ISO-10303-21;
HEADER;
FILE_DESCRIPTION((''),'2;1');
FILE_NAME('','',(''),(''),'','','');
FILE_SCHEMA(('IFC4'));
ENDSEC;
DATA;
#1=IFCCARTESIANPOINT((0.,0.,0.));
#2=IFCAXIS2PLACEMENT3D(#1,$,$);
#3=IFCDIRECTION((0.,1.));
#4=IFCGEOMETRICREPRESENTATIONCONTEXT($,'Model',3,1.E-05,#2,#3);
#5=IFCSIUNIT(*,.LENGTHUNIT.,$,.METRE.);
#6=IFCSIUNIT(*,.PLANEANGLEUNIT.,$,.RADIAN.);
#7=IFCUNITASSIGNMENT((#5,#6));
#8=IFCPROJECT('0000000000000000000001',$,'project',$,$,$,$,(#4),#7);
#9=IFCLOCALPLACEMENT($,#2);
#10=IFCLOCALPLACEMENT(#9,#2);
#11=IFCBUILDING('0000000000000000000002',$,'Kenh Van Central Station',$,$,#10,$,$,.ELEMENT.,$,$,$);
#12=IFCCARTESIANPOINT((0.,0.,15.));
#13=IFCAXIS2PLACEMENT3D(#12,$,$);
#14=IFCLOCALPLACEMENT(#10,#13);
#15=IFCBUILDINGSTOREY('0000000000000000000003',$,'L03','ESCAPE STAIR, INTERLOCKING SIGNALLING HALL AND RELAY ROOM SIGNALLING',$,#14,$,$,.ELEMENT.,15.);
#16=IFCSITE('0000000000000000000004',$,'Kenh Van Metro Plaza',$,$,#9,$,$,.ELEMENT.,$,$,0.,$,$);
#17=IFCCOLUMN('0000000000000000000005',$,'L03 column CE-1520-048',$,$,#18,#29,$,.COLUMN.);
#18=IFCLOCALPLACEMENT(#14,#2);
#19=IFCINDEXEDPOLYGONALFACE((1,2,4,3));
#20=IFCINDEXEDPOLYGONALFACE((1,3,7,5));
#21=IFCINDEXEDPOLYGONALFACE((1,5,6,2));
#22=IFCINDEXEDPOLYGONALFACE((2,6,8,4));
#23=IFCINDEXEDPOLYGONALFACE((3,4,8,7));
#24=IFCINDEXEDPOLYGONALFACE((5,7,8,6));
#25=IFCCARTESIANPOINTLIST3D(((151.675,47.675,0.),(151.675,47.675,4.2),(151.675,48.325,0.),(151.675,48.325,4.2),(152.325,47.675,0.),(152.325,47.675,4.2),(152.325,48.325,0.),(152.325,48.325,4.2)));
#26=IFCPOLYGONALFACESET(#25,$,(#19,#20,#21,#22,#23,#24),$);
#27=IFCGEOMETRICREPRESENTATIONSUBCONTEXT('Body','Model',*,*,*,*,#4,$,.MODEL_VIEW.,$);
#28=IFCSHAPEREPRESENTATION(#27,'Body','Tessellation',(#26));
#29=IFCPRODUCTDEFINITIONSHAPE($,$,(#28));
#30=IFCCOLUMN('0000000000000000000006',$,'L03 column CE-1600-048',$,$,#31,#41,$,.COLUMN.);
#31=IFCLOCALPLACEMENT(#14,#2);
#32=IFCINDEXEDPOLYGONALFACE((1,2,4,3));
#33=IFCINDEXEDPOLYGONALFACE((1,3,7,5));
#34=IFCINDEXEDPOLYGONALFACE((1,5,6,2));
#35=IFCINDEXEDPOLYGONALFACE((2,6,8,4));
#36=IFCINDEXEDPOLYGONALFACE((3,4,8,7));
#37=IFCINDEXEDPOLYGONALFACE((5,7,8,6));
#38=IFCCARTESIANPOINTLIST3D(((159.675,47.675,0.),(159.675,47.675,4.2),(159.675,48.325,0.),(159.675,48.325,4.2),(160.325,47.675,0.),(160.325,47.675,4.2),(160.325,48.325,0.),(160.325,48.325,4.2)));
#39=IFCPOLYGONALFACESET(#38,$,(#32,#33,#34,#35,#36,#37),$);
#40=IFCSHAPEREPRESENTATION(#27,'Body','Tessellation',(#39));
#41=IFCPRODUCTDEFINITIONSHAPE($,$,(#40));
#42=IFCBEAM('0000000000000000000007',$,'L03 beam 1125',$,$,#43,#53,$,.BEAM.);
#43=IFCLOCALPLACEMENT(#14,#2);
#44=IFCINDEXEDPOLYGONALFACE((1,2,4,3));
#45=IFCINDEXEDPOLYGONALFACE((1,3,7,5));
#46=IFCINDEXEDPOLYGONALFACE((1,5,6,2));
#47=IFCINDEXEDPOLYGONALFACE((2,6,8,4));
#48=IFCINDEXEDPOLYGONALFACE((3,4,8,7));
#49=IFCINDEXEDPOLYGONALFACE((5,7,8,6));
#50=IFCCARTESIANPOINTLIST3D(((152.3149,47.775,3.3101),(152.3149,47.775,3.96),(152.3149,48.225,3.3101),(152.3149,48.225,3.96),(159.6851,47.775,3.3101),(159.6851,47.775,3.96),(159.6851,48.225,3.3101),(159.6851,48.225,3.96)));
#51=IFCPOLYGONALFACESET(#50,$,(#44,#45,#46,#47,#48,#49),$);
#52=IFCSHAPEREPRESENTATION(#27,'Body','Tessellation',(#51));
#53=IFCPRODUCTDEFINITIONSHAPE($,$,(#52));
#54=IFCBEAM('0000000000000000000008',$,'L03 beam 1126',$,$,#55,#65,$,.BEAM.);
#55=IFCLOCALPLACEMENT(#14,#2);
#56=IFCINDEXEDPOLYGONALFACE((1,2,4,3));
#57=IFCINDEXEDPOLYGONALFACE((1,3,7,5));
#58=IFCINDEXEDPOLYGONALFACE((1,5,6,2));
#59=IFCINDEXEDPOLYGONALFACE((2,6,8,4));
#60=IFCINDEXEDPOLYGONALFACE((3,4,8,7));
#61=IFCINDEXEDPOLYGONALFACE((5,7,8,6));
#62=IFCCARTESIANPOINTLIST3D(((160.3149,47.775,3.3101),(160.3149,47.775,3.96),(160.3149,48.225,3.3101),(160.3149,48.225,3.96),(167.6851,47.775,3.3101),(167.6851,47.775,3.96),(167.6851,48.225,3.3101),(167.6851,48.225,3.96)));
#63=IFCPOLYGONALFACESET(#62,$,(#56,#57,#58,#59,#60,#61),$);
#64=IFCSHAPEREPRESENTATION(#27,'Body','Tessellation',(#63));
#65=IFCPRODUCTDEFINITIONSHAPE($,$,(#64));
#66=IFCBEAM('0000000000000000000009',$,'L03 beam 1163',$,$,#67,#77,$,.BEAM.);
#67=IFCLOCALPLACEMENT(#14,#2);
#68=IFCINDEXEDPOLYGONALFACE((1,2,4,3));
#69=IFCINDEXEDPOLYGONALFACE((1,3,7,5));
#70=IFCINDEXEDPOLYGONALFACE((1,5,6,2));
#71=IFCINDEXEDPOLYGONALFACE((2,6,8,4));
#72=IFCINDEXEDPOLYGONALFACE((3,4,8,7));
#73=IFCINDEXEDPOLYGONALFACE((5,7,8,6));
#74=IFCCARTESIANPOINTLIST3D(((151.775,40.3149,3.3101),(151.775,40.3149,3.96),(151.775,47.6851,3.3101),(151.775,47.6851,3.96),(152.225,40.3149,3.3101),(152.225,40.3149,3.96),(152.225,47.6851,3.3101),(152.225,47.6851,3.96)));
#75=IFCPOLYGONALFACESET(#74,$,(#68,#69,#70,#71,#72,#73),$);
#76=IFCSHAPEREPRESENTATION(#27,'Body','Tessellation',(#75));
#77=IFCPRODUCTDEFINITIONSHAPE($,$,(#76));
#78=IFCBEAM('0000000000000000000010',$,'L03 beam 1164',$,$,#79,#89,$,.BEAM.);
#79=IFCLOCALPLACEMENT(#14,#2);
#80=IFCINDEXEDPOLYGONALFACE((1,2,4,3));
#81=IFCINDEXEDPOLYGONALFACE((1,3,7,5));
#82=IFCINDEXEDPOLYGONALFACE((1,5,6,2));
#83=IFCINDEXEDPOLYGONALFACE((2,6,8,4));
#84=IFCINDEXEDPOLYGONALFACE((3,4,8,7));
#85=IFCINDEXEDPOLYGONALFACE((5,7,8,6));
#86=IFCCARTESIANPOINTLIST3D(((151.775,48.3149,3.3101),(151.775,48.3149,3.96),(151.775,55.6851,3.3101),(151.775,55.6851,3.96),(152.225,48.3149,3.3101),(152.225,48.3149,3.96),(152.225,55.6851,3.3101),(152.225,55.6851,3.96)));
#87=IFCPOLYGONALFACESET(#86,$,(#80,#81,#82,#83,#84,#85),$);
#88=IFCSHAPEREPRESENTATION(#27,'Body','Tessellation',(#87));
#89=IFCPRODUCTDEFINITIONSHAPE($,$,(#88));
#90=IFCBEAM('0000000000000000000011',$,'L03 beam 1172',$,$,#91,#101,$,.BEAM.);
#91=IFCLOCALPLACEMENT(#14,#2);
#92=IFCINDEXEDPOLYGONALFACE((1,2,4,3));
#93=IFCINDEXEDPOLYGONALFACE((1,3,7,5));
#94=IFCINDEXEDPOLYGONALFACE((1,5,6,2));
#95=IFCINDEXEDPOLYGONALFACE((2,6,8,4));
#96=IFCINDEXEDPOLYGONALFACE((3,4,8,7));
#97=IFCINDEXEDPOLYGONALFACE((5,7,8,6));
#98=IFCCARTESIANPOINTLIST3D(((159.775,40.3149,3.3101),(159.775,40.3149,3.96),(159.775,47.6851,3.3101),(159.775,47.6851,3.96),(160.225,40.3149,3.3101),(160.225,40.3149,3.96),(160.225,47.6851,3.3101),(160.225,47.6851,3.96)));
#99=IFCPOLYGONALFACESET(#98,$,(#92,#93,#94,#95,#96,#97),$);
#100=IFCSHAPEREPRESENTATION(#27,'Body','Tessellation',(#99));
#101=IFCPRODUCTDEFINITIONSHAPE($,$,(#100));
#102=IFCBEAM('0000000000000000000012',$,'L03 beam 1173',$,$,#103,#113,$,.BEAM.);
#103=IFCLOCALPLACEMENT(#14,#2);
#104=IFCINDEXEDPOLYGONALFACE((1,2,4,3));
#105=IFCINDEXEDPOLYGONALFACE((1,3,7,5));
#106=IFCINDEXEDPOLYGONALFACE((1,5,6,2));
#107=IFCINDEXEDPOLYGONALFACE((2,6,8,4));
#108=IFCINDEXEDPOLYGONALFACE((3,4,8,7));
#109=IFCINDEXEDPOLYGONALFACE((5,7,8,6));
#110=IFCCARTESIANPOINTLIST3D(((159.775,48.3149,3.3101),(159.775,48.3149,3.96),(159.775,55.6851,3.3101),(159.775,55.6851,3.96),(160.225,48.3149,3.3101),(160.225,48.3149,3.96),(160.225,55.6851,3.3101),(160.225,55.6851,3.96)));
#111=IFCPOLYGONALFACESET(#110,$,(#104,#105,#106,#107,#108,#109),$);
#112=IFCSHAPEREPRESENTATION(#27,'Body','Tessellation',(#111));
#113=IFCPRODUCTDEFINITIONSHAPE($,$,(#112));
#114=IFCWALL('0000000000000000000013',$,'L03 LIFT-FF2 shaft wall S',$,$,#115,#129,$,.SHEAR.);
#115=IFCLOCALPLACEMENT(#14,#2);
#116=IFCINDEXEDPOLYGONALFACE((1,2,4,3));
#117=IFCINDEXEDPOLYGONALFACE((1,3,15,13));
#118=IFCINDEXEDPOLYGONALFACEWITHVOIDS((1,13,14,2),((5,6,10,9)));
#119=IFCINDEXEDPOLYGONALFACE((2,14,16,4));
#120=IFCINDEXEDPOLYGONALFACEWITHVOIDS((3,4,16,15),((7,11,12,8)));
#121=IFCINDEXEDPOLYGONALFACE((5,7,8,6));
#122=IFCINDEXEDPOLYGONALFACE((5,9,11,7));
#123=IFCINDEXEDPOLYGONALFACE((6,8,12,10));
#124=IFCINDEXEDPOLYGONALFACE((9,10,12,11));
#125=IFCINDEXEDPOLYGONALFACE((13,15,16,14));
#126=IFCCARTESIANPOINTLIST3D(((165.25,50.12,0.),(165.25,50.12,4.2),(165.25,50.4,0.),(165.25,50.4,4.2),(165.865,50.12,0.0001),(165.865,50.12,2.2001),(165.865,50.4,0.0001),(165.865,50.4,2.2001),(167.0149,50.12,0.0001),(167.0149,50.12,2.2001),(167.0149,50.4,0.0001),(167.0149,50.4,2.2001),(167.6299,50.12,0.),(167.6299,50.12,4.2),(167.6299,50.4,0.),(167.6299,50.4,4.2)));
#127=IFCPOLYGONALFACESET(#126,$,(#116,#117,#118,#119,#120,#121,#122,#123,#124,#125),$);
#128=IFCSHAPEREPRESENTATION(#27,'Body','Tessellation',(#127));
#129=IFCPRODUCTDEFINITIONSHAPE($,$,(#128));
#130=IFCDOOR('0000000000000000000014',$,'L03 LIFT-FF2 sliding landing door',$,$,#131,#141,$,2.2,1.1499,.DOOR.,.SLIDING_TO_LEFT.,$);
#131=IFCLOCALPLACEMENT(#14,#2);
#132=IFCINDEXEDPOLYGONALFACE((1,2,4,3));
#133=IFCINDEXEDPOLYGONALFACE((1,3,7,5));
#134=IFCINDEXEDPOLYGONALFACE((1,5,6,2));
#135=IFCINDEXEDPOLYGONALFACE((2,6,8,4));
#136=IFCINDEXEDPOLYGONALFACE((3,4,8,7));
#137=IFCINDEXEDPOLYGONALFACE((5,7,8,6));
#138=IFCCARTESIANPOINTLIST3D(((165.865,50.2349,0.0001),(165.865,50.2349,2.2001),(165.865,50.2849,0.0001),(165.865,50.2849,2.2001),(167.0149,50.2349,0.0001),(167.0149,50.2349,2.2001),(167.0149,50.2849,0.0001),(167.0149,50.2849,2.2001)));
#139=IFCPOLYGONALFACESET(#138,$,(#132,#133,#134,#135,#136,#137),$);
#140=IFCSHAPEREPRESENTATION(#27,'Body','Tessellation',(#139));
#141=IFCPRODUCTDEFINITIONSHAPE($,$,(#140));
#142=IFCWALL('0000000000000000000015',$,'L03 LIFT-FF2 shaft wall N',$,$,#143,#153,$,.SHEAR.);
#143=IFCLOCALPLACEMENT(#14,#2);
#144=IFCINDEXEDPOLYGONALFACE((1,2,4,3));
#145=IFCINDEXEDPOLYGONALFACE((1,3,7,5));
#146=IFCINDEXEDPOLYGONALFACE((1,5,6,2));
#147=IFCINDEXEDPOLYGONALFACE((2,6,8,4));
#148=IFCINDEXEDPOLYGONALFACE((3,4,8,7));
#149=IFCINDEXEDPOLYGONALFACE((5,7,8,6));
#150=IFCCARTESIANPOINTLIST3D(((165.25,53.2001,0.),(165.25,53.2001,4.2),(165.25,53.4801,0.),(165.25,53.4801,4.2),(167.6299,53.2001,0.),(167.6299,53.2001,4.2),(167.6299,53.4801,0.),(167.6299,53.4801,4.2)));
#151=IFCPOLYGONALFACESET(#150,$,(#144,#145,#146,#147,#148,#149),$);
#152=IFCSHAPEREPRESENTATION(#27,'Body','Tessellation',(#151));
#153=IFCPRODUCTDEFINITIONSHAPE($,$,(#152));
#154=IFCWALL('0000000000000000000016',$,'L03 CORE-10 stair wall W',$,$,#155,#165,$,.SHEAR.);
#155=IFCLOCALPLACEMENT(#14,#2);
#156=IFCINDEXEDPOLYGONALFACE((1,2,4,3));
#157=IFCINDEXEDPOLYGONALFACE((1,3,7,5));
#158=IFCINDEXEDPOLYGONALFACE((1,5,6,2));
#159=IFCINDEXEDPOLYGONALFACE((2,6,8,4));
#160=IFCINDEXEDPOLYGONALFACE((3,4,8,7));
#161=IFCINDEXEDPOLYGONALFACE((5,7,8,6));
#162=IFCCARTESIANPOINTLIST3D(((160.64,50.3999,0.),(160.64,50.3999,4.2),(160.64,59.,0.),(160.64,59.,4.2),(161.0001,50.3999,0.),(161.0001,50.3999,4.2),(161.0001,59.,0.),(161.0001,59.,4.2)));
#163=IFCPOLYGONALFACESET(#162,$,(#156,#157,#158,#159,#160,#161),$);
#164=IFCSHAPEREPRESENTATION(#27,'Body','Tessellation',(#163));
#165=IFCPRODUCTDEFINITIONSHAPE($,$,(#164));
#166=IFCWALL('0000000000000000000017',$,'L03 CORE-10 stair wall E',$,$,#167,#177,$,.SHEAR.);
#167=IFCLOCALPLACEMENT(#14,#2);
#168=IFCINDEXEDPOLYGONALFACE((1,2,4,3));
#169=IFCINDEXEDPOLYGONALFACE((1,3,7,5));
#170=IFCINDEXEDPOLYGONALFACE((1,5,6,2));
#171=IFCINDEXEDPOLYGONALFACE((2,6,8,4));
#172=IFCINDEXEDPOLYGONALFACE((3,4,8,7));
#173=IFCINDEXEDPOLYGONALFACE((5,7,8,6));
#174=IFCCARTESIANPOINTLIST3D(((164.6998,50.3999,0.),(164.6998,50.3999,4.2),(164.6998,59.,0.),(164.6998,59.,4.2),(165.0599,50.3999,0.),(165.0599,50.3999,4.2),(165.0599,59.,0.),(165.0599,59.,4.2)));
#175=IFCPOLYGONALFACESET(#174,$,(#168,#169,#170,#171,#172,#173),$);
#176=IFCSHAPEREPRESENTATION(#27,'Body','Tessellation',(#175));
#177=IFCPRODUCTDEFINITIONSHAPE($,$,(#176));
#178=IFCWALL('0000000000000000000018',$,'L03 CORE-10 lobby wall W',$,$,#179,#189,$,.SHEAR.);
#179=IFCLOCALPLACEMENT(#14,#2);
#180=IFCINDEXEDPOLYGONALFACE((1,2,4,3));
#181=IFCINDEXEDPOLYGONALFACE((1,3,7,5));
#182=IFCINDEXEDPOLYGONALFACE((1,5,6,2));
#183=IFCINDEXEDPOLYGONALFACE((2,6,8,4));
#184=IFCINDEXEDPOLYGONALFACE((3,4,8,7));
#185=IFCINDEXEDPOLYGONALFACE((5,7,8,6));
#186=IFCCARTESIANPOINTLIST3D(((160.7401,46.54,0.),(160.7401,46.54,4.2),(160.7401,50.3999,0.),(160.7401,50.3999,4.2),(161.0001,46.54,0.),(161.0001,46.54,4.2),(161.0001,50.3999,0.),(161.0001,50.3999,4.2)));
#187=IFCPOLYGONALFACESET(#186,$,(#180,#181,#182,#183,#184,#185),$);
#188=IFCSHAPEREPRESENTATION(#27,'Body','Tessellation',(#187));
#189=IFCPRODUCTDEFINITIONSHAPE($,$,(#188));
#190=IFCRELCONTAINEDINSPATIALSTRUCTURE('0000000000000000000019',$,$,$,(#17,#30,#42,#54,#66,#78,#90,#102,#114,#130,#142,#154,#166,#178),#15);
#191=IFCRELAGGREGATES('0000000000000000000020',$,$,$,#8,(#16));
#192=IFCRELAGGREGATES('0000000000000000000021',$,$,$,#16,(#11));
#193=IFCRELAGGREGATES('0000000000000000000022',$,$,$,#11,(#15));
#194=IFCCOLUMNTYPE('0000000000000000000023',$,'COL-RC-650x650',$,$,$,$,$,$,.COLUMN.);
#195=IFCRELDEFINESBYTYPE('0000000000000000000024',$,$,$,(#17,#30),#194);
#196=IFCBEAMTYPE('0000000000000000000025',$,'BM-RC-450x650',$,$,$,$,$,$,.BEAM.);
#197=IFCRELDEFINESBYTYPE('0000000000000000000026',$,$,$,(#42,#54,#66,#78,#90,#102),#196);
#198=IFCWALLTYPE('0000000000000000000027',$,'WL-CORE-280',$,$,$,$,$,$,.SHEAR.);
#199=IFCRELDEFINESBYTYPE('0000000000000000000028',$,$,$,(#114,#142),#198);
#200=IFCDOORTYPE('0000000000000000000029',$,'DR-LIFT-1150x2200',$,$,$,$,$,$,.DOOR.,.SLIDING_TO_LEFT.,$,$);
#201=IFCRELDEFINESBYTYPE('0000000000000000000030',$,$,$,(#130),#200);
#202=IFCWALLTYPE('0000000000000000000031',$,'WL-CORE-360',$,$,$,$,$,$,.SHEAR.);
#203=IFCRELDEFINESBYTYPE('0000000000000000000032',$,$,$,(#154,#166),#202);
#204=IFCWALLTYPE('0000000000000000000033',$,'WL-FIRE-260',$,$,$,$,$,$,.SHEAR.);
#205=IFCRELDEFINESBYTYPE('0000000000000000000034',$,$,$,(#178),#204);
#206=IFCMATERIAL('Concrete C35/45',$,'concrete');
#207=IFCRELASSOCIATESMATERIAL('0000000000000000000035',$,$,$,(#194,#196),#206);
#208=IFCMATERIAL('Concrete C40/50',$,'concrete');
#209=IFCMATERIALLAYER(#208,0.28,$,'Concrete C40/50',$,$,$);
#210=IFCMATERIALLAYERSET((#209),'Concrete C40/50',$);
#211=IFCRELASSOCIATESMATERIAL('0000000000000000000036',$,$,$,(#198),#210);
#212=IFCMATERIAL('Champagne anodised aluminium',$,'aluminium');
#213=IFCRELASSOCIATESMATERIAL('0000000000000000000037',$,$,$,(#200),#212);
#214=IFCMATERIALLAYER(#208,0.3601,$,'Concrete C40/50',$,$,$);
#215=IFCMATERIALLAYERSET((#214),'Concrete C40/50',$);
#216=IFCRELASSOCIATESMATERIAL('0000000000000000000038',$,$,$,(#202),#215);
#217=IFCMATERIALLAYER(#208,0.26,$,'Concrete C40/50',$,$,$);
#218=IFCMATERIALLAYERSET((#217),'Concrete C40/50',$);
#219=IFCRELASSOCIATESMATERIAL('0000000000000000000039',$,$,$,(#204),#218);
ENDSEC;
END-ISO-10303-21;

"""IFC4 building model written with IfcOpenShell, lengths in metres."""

from ifc_helpers import new_model, si_unit, direction, frame, frame_2d, origin, origin_2d, place, context, subcontext, project, spatial, rectangle, extrude, material, layer, layer_set, material_profile, profile_set, type_object, element, fill, save


model = new_model("IFC4")

# Units and contexts
model_context = context("Model", 3, precision=1e-05, world=origin(), true_north=direction((0.0, 1.0)))
body_context = subcontext(model_context, "Body", "Model", "MODEL_VIEW")
ifc_project = project(units=[si_unit("LENGTHUNIT", "METRE"), si_unit("PLANEANGLEUNIT", "RADIAN")], contexts=[model_context])

# Site, building, storey
site_placement = place(None, origin())
site = spatial("IfcSite", under=ifc_project, at=site_placement, Name="Kenh Van Metro Plaza", CompositionType="ELEMENT", RefElevation=0.0)
building_placement = place(site_placement, origin())
building = spatial("IfcBuilding", under=site, at=building_placement, Name="Kenh Van Central Station", CompositionType="ELEMENT")
storey_placement = place(building_placement, frame((0.0, 0.0, 15.0)))
storey = spatial("IfcBuildingStorey", under=building, at=storey_placement, Name="L03", Description="ESCAPE STAIR, INTERLOCKING SIGNALLING HALL AND RELAY ROOM SIGNALLING", CompositionType="ELEMENT", Elevation=15.0)

# Columns
ifc_material_1 = material(Name="Concrete C35/45", Category="concrete")
ifc_material_profile_1 = material_profile(ifc_material_1, rectangle(XDim=0.6499, YDim=0.6499, at=origin_2d()), Name="RC 650x650")
ifc_profile_set_1 = profile_set([ifc_material_profile_1], Name="Concrete C35/45")
column_type = type_object("IfcColumnType", Name="COL-RC-650x650", PredefinedType="COLUMN", material=ifc_profile_set_1)
for number, where, z_axis, x_axis, name in (
    (1, (152.0, 48.0, 0.0), (0.0, 0.0, 1.0), (1.0, 0.0, 0.0), "L03 column CE-1520-048"),
    (2, (160.0, 48.0, 0.0), (0.0, 0.0, 1.0), (1.0, 0.0, 0.0), "L03 column CE-1600-048"),
):
    element("IfcColumn", number, at=place(storey_placement, frame(where, z_axis=z_axis, x_axis=x_axis)), inside=storey, type_object=column_type, Name=name, PredefinedType="COLUMN", context=body_context, shape_type="SweptSolid", body=[
        extrude(rectangle(XDim=0.6499, YDim=0.6499, at=origin_2d()), origin(), (0.0, 0.0, 1.0), 4.2),
    ])

# Beams
ifc_material_profile_2 = material_profile(ifc_material_1, rectangle(XDim=0.45, YDim=0.6499, at=origin_2d()), Name="RC 450x650")
ifc_profile_set_2 = profile_set([ifc_material_profile_2], Name="Concrete C35/45")
beam_type = type_object("IfcBeamType", Name="BM-RC-450x650", PredefinedType="BEAM", material=ifc_profile_set_2)
for number, where, z_axis, x_axis, name in (
    (3, (152.3149, 48.0, 3.635), (1.0, 0.0, 0.0), (0.0, 1.0, 0.0), "L03 beam 1125"),
    (4, (160.3149, 48.0, 3.635), (1.0, 0.0, 0.0), (0.0, 1.0, 0.0), "L03 beam 1126"),
    (5, (152.0, 40.3149, 3.635), (0.0, 1.0, 0.0), (-1.0, 0.0, 0.0), "L03 beam 1163"),
    (6, (152.0, 48.3149, 3.635), (0.0, 1.0, 0.0), (-1.0, 0.0, 0.0), "L03 beam 1164"),
    (7, (160.0, 40.3149, 3.635), (0.0, 1.0, 0.0), (-1.0, 0.0, 0.0), "L03 beam 1172"),
    (8, (160.0, 48.3149, 3.635), (0.0, 1.0, 0.0), (-1.0, 0.0, 0.0), "L03 beam 1173"),
):
    element("IfcBeam", number, at=place(storey_placement, frame(where, z_axis=z_axis, x_axis=x_axis)), inside=storey, type_object=beam_type, Name=name, PredefinedType="BEAM", context=body_context, shape_type="SweptSolid", body=[
        extrude(rectangle(XDim=0.45, YDim=0.6499, at=origin_2d()), origin(), (0.0, 0.0, 1.0), 7.3701),
    ])

# Wall, opening, door
ifc_material_2 = material(Name="Concrete C40/50", Category="concrete")
ifc_layer_1 = layer(ifc_material_2, 0.28, Name="Concrete C40/50")
ifc_layer_set_1 = layer_set([ifc_layer_1], Name="Concrete C40/50")
wall_type_1 = type_object("IfcWallType", Name="WL-CORE-280", PredefinedType="SHEAR", material=ifc_layer_set_1)
wall_1_placement = place(storey_placement, frame((165.25, 50.26, 0.0), z_axis=(0.0, 0.0, 1.0), x_axis=(1.0, 0.0, 0.0)))
wall_1 = element("IfcWall", 9, at=wall_1_placement, inside=storey, type_object=wall_type_1, Name="L03 LIFT-FF2 shaft wall S", PredefinedType="SHEAR", context=body_context, shape_type="SweptSolid", body=[
    extrude(rectangle(XDim=2.3799, YDim=0.28, at=frame_2d((1.1899, 0.0))), origin(), (0.0, 0.0, 1.0), 4.2),
])
opening_1_placement = place(wall_1_placement, frame((0.615, 0.0, 0.0)))
opening_1 = element("IfcOpeningElement", 10, at=opening_1_placement, cuts=wall_1, PredefinedType="OPENING", context=body_context, shape_type="SweptSolid", body=[
    extrude(rectangle(XDim=1.1499, YDim=2.2, at=frame_2d((0.575, 1.1001))), frame((0.0, 0.1499, 0.0), z_axis=(0.0, -1.0, 0.0), x_axis=(1.0, 0.0, 0.0)), (0.0, 0.0, 1.0), 0.3),
])
ifc_material_3 = material(Name="Champagne anodised aluminium", Category="aluminium")
door_type_1 = type_object("IfcDoorType", Name="DR-LIFT-1150x2200", OperationType="SLIDING_TO_LEFT", PredefinedType="DOOR", material=ifc_material_3)
door_1_placement = place(opening_1_placement, origin())
door_1 = element("IfcDoor", 11, at=door_1_placement, inside=storey, type_object=door_type_1, Name="L03 LIFT-FF2 sliding landing door", OperationType="SLIDING_TO_LEFT", OverallHeight=2.2, OverallWidth=1.1499, PredefinedType="DOOR", context=body_context, shape_type="SweptSolid", body=[
    extrude(rectangle(XDim=1.1499, YDim=2.2, at=frame_2d((0.575, 1.1001))), frame((0.0, 0.0249, 0.0), z_axis=(0.0, -1.0, 0.0), x_axis=(1.0, 0.0, 0.0)), (0.0, 0.0, 1.0), 0.05),
])
fill(opening_1, door_1)

# Wall
wall_2_placement = place(storey_placement, frame((165.25, 53.3401, 0.0), z_axis=(0.0, 0.0, 1.0), x_axis=(1.0, 0.0, 0.0)))
element("IfcWall", 12, at=wall_2_placement, inside=storey, type_object=wall_type_1, Name="L03 LIFT-FF2 shaft wall N", PredefinedType="SHEAR", context=body_context, shape_type="SweptSolid", body=[
    extrude(rectangle(XDim=2.3799, YDim=0.28, at=frame_2d((1.1899, 0.0))), origin(), (0.0, 0.0, 1.0), 4.2),
])

# Shared definitions
ifc_layer_2 = layer(ifc_material_2, 0.3601, Name="Concrete C40/50")
ifc_layer_set_2 = layer_set([ifc_layer_2], Name="Concrete C40/50")
wall_type_2 = type_object("IfcWallType", Name="WL-CORE-360", PredefinedType="SHEAR", material=ifc_layer_set_2)

# Walls
for number, where, z_axis, x_axis, name in (
    (13, (160.8201, 50.3999, 0.0), (0.0, 0.0, 1.0), (0.0, 1.0, 0.0), "L03 CORE-10 stair wall W"),
    (14, (164.8799, 50.3999, 0.0), (0.0, 0.0, 1.0), (0.0, 1.0, 0.0), "L03 CORE-10 stair wall E"),
):
    element("IfcWall", number, at=place(storey_placement, frame(where, z_axis=z_axis, x_axis=x_axis)), inside=storey, type_object=wall_type_2, Name=name, PredefinedType="SHEAR", context=body_context, shape_type="SweptSolid", body=[
        extrude(rectangle(XDim=8.6001, YDim=0.3601, at=frame_2d((4.3, 0.0))), origin(), (0.0, 0.0, 1.0), 4.2),
    ])
ifc_layer_3 = layer(ifc_material_2, 0.26, Name="Concrete C40/50")
ifc_layer_set_3 = layer_set([ifc_layer_3], Name="Concrete C40/50")
wall_type_3 = type_object("IfcWallType", Name="WL-FIRE-260", PredefinedType="SHEAR", material=ifc_layer_set_3)
wall_3_placement = place(storey_placement, frame((160.8701, 46.54, 0.0), z_axis=(0.0, 0.0, 1.0), x_axis=(0.0, 1.0, 0.0)))
element("IfcWall", 15, at=wall_3_placement, inside=storey, type_object=wall_type_3, Name="L03 CORE-10 lobby wall W", PredefinedType="SHEAR", context=body_context, shape_type="SweptSolid", body=[
    extrude(rectangle(XDim=3.8599, YDim=0.26, at=frame_2d((1.9299, 0.0))), origin(), (0.0, 0.0, 1.0), 4.2),
])

save(model, "model.ifc")
